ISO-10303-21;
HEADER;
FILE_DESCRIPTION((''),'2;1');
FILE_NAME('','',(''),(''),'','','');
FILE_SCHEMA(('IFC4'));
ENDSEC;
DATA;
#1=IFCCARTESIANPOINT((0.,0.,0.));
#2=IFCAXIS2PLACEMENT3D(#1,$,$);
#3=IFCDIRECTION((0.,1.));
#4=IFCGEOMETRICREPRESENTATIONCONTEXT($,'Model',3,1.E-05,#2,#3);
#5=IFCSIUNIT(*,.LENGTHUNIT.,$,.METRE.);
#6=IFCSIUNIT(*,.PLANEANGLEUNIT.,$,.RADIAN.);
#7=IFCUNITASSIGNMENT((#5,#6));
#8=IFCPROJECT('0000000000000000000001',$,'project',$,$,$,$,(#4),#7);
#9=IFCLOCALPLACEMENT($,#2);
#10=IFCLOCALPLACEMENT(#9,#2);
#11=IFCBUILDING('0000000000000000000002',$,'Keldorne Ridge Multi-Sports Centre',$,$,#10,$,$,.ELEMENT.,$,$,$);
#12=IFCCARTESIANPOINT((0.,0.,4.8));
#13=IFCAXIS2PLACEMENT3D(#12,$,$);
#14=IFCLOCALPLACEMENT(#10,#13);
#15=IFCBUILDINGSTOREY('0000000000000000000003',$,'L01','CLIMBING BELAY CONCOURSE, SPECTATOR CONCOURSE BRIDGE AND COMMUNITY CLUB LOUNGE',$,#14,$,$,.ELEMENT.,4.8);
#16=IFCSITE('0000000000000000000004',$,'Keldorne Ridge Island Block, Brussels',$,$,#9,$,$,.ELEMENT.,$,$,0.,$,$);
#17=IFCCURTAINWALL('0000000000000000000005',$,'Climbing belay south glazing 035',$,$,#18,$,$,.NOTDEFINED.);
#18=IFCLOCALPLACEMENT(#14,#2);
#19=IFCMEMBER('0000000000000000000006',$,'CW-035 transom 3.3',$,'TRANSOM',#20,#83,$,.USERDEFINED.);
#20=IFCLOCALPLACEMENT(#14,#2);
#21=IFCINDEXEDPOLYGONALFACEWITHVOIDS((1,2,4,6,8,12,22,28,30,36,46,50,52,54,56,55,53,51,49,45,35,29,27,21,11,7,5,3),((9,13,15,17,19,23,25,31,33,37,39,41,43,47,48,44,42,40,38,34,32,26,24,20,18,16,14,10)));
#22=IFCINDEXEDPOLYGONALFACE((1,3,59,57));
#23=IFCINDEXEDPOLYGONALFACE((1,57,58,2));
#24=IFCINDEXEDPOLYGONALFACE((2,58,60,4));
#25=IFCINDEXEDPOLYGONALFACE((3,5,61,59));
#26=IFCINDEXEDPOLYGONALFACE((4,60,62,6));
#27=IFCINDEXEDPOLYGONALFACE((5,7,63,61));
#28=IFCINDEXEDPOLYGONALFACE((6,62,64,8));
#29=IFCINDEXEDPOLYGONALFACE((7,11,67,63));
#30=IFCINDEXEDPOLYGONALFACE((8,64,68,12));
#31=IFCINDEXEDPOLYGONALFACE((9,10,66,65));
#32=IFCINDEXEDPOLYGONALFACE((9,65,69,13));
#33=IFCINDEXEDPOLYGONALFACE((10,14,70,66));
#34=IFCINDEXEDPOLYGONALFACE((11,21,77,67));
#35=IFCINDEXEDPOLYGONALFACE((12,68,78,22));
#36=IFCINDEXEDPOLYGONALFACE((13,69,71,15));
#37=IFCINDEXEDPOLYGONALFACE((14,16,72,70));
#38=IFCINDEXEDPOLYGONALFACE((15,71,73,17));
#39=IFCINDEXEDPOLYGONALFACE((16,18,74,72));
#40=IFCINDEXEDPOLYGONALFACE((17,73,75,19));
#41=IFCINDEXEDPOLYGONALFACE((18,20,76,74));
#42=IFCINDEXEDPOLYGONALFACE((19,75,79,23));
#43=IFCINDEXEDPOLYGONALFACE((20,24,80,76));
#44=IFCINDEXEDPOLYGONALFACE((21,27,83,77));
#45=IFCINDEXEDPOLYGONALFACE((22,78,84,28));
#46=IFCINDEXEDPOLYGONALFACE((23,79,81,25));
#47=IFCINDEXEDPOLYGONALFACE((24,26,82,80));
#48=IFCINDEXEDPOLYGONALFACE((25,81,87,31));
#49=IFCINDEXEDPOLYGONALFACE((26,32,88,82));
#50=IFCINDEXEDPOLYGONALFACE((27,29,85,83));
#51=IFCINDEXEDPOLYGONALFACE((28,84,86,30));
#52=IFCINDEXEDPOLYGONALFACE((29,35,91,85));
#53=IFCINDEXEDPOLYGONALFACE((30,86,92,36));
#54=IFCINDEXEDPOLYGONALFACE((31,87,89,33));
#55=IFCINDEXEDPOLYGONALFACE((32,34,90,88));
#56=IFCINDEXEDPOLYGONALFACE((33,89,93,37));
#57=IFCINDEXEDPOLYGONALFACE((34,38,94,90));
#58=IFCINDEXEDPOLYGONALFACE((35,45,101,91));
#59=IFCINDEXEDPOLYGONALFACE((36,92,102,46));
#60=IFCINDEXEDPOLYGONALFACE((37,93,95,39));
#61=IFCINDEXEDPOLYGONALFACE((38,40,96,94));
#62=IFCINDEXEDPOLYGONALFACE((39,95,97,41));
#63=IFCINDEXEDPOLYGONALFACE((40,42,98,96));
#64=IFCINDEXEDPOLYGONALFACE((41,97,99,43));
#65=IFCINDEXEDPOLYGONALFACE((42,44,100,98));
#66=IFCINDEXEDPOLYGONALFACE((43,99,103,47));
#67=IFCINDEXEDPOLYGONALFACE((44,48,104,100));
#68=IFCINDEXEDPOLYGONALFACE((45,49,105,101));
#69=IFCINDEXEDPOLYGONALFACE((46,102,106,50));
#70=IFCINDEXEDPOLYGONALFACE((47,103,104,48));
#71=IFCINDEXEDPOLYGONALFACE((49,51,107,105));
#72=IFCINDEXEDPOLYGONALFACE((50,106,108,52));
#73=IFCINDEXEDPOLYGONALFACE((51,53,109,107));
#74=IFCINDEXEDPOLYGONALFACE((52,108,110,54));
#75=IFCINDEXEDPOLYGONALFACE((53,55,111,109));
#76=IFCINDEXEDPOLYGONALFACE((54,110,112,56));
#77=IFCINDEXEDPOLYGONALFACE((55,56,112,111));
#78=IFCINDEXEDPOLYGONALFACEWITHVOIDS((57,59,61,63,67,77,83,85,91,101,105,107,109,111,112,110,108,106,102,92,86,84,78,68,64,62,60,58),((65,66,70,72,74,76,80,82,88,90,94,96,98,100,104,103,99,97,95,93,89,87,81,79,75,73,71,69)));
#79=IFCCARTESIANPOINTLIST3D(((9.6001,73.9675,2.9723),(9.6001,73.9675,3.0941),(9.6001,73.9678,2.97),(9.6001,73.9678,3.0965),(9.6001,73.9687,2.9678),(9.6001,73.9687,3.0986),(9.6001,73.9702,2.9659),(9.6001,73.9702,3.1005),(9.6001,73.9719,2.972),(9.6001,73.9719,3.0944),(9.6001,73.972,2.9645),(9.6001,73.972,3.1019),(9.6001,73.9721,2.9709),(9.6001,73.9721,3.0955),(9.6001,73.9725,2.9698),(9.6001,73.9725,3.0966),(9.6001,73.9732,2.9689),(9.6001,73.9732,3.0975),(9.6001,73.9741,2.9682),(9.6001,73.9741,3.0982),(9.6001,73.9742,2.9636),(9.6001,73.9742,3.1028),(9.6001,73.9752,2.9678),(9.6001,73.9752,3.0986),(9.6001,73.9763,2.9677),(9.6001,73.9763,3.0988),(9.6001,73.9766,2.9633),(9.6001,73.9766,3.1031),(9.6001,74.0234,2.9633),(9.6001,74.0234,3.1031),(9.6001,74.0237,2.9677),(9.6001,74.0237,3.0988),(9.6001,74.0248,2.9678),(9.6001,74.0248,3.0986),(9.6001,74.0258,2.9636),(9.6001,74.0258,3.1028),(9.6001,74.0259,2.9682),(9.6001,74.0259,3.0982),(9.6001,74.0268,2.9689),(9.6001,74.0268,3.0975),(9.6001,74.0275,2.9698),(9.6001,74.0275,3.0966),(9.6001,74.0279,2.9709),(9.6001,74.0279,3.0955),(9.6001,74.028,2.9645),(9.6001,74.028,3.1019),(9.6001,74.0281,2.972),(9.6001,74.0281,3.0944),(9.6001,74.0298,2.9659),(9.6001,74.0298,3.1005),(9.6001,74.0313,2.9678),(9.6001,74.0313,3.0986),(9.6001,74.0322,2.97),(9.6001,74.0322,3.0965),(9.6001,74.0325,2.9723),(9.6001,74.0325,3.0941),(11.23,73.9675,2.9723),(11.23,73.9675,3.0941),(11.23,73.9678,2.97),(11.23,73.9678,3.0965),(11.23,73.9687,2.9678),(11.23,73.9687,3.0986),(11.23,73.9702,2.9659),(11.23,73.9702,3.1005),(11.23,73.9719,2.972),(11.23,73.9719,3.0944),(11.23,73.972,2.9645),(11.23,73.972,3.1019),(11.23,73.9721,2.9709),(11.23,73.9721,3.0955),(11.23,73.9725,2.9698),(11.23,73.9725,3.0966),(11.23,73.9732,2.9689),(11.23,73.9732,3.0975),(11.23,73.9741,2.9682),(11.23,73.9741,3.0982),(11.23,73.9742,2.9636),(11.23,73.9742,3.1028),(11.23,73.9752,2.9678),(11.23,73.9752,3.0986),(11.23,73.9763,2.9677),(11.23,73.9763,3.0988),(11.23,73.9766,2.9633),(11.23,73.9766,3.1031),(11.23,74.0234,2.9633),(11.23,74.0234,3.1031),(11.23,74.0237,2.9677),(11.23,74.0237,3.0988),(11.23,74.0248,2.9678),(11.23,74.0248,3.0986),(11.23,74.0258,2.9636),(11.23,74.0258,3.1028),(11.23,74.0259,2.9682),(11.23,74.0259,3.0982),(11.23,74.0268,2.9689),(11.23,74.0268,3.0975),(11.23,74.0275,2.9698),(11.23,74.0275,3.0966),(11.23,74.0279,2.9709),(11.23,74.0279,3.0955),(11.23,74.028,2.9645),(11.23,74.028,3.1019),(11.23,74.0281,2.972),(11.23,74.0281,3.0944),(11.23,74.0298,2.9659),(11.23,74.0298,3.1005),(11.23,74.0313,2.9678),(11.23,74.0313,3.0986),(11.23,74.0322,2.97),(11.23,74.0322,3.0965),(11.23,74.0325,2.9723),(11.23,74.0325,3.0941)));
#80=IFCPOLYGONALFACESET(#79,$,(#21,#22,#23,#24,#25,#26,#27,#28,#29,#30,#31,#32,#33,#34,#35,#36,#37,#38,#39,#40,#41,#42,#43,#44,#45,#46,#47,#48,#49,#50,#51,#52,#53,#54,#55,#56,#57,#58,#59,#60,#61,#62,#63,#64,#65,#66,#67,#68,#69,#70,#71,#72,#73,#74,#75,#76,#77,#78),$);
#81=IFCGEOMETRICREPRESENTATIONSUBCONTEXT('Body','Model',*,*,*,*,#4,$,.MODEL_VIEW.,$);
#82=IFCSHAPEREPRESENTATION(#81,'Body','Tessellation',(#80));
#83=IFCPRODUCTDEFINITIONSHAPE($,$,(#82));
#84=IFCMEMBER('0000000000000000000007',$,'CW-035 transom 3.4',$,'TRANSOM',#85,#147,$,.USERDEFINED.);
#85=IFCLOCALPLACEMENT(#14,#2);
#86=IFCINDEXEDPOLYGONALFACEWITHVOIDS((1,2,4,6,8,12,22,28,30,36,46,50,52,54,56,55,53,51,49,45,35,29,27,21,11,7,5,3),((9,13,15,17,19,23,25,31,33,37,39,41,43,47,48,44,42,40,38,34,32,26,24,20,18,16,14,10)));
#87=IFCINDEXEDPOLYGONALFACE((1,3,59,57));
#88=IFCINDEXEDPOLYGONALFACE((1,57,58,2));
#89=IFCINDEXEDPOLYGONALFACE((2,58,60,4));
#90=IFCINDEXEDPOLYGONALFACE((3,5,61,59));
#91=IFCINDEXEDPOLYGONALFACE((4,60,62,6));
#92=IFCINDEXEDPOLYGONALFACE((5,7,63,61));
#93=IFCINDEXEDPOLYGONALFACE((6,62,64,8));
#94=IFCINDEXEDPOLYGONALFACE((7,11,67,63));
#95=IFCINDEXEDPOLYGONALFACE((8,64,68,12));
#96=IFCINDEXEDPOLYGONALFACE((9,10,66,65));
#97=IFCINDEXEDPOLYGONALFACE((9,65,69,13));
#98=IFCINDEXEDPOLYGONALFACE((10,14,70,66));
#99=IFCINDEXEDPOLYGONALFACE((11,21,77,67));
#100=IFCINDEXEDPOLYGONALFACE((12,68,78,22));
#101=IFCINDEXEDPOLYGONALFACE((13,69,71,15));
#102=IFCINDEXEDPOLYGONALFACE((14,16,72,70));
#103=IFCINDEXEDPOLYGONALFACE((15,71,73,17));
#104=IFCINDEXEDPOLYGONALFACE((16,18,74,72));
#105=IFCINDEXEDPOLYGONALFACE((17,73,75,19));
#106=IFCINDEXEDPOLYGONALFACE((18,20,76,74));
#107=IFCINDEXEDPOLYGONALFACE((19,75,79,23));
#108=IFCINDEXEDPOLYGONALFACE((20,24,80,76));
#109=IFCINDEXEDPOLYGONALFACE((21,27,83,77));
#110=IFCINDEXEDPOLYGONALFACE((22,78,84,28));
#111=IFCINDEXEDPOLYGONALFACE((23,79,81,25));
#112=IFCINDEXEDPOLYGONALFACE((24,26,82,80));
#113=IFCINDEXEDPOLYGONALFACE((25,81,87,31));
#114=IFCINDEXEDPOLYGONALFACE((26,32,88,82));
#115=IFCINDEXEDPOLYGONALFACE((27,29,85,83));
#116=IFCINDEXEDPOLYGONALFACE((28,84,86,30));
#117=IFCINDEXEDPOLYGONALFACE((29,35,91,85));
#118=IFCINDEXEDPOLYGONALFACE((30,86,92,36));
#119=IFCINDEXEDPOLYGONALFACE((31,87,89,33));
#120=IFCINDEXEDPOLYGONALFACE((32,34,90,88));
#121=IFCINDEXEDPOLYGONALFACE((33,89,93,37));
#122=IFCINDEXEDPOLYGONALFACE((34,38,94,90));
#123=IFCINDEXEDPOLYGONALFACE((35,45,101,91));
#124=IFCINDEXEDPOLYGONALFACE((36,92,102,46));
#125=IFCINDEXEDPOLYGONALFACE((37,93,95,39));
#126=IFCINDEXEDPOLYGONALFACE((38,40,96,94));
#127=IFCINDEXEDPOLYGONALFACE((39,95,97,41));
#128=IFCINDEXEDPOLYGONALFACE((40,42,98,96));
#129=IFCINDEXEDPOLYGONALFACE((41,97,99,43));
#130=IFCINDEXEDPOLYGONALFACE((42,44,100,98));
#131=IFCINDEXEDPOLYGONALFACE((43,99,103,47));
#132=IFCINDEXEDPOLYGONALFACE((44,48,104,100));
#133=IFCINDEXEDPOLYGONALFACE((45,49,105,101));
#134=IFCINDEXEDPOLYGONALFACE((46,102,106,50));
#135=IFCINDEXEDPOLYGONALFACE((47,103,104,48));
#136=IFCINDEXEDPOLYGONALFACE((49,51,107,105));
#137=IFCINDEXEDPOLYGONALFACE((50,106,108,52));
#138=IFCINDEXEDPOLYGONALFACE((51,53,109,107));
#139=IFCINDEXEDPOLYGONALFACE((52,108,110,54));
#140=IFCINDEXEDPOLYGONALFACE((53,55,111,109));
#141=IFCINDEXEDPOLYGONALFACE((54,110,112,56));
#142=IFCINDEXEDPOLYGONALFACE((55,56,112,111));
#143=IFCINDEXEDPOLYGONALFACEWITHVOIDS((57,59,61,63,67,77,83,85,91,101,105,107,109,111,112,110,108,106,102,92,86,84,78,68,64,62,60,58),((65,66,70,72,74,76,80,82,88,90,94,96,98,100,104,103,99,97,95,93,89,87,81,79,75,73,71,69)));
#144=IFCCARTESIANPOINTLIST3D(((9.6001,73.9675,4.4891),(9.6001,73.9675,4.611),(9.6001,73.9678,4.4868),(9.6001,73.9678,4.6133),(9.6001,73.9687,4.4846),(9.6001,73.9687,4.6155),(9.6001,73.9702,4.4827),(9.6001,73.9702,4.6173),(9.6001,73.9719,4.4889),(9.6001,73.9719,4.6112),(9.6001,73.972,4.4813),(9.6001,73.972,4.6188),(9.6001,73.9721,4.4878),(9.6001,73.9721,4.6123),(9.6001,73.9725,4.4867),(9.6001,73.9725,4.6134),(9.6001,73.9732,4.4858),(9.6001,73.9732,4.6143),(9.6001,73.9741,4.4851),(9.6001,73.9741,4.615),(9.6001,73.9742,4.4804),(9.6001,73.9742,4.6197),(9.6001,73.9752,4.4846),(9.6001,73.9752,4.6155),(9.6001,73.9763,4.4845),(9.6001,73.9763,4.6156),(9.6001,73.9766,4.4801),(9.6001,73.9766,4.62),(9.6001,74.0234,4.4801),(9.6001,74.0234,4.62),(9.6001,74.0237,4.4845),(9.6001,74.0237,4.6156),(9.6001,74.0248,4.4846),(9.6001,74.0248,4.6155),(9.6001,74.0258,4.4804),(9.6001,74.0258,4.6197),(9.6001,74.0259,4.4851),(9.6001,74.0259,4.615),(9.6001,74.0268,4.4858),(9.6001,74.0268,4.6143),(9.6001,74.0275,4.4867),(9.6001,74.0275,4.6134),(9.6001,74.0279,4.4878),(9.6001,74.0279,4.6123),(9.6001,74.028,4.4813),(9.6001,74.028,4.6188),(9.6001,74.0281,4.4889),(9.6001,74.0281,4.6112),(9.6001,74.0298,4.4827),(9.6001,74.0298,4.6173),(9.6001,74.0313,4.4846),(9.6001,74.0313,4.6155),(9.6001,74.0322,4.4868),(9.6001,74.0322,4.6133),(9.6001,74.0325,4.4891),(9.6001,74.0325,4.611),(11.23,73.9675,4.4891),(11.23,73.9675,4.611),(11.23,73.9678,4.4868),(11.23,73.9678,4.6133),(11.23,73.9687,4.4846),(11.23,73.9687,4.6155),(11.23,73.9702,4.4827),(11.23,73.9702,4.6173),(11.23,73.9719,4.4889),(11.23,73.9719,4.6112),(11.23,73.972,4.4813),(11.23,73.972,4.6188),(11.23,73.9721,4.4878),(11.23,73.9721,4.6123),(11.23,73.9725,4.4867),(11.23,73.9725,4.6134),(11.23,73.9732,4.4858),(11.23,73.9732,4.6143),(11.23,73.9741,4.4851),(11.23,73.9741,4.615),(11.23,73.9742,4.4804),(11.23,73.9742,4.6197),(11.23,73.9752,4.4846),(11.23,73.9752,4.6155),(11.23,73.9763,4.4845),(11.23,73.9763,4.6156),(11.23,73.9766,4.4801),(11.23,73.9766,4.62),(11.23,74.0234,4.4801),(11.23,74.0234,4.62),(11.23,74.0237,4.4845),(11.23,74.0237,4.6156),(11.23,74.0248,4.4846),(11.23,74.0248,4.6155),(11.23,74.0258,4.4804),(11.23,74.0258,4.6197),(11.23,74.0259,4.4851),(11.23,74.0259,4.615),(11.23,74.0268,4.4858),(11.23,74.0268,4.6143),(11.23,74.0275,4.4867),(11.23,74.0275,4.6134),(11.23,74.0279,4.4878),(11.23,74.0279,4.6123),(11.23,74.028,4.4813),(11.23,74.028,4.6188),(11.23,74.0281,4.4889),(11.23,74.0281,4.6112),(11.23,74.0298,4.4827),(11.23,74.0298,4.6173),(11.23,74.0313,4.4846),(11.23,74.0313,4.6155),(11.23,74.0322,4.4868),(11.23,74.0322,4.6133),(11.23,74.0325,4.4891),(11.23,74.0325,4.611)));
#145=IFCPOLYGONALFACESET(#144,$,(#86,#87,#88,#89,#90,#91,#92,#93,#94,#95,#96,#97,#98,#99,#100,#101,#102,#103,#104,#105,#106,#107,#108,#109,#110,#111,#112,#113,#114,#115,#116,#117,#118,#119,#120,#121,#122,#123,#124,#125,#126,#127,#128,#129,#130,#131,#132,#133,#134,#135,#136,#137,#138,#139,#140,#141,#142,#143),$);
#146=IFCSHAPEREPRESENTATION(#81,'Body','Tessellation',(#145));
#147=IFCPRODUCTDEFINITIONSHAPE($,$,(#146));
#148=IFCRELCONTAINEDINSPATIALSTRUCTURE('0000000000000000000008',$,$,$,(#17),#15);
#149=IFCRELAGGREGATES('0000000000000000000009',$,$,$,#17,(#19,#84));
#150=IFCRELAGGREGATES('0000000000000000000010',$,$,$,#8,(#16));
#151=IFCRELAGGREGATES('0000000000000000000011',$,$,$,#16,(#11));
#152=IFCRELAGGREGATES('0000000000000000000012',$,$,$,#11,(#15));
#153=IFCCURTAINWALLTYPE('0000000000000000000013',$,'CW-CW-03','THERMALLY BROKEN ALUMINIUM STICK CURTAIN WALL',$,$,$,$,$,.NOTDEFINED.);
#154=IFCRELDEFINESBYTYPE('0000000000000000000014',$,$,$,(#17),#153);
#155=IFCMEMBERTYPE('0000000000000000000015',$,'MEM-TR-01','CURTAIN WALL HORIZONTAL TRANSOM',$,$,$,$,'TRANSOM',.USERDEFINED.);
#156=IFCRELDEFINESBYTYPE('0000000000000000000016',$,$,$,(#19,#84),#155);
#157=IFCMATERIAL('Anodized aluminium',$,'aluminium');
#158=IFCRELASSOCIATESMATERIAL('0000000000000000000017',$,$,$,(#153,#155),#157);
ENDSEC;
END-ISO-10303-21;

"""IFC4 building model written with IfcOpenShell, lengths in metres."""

from ifc_helpers import new_model, si_unit, direction, frame, origin, origin_2d, place, context, subcontext, project, spatial, hollow_rectangle, extrude, material, material_profile, profile_set, type_object, element, aggregate, save


model = new_model("IFC4")

# Units and contexts
model_context = context("Model", 3, precision=1e-05, world=origin(), true_north=direction((0.0, 1.0)))
body_context = subcontext(model_context, "Body", "Model", "MODEL_VIEW")
ifc_project = project(units=[si_unit("LENGTHUNIT", "METRE"), si_unit("PLANEANGLEUNIT", "RADIAN")], contexts=[model_context])

# Site, building, storey
site_placement = place(None, origin())
site = spatial("IfcSite", under=ifc_project, at=site_placement, Name="Keldorne Ridge Island Block, Brussels", CompositionType="ELEMENT", RefElevation=0.0)
building_placement = place(site_placement, origin())
building = spatial("IfcBuilding", under=site, at=building_placement, Name="Keldorne Ridge Multi-Sports Centre", CompositionType="ELEMENT")
storey_placement = place(building_placement, frame((0.0, 0.0, 4.8)))
storey = spatial("IfcBuildingStorey", under=building, at=storey_placement, Name="L01", Description="CLIMBING BELAY CONCOURSE, SPECTATOR CONCOURSE BRIDGE AND COMMUNITY CLUB LOUNGE", CompositionType="ELEMENT", Elevation=4.8)

# Curtain wall, members
ifc_material_1 = material(Name="Anodized aluminium", Category="aluminium")
curtain_wall_type = type_object("IfcCurtainWallType", Name="CW-CW-03", Description="THERMALLY BROKEN ALUMINIUM STICK CURTAIN WALL", PredefinedType="NOTDEFINED", material=ifc_material_1)
curtain_wall_placement = place(storey_placement, origin())
curtain_wall = element("IfcCurtainWall", 1, at=curtain_wall_placement, inside=storey, type_object=curtain_wall_type, Name="Climbing belay south glazing 035", PredefinedType="NOTDEFINED")
ifc_material_profile_1 = material_profile(ifc_material_1, hollow_rectangle(XDim=0.0649, YDim=0.1399, WallThickness=0.0044, InnerFilletRadius=0.0044, OuterFilletRadius=0.009, at=origin_2d()), Name="ALU TRANSOM 140x65x4.5")
ifc_profile_set_1 = profile_set([ifc_material_profile_1], Name="Anodized aluminium")
member_type_1 = type_object("IfcMemberType", Name="MEM-TR-01", Description="CURTAIN WALL HORIZONTAL TRANSOM", ElementType="TRANSOM", PredefinedType="USERDEFINED", material=ifc_profile_set_1)
member_1_placement = place(storey_placement, frame((9.6001, 74.0, 3.0332), z_axis=(1.0, 0.0, 0.0), x_axis=(0.0, 1.0, 0.0)))
member_1 = element("IfcMember", 2, at=member_1_placement, type_object=member_type_1, Name="CW-035 transom 3.3", ObjectType="TRANSOM", PredefinedType="USERDEFINED", context=body_context, shape_type="SweptSolid", body=[
    extrude(hollow_rectangle(XDim=0.0649, YDim=0.1399, WallThickness=0.0044, InnerFilletRadius=0.0044, OuterFilletRadius=0.009, at=origin_2d()), origin(), (0.0, 0.0, 1.0), 1.6299),
])
member_2_placement = place(storey_placement, frame((9.6001, 74.0, 4.55), z_axis=(1.0, 0.0, 0.0), x_axis=(0.0, 1.0, 0.0)))
member_2 = element("IfcMember", 3, at=member_2_placement, type_object=member_type_1, Name="CW-035 transom 3.4", ObjectType="TRANSOM", PredefinedType="USERDEFINED", context=body_context, shape_type="SweptSolid", body=[
    extrude(hollow_rectangle(XDim=0.0649, YDim=0.1399, WallThickness=0.0044, InnerFilletRadius=0.0044, OuterFilletRadius=0.009, at=origin_2d()), origin(), (0.0, 0.0, 1.0), 1.6299),
])
aggregate(curtain_wall, [member_1, member_2])

save(model, "model.ifc")
